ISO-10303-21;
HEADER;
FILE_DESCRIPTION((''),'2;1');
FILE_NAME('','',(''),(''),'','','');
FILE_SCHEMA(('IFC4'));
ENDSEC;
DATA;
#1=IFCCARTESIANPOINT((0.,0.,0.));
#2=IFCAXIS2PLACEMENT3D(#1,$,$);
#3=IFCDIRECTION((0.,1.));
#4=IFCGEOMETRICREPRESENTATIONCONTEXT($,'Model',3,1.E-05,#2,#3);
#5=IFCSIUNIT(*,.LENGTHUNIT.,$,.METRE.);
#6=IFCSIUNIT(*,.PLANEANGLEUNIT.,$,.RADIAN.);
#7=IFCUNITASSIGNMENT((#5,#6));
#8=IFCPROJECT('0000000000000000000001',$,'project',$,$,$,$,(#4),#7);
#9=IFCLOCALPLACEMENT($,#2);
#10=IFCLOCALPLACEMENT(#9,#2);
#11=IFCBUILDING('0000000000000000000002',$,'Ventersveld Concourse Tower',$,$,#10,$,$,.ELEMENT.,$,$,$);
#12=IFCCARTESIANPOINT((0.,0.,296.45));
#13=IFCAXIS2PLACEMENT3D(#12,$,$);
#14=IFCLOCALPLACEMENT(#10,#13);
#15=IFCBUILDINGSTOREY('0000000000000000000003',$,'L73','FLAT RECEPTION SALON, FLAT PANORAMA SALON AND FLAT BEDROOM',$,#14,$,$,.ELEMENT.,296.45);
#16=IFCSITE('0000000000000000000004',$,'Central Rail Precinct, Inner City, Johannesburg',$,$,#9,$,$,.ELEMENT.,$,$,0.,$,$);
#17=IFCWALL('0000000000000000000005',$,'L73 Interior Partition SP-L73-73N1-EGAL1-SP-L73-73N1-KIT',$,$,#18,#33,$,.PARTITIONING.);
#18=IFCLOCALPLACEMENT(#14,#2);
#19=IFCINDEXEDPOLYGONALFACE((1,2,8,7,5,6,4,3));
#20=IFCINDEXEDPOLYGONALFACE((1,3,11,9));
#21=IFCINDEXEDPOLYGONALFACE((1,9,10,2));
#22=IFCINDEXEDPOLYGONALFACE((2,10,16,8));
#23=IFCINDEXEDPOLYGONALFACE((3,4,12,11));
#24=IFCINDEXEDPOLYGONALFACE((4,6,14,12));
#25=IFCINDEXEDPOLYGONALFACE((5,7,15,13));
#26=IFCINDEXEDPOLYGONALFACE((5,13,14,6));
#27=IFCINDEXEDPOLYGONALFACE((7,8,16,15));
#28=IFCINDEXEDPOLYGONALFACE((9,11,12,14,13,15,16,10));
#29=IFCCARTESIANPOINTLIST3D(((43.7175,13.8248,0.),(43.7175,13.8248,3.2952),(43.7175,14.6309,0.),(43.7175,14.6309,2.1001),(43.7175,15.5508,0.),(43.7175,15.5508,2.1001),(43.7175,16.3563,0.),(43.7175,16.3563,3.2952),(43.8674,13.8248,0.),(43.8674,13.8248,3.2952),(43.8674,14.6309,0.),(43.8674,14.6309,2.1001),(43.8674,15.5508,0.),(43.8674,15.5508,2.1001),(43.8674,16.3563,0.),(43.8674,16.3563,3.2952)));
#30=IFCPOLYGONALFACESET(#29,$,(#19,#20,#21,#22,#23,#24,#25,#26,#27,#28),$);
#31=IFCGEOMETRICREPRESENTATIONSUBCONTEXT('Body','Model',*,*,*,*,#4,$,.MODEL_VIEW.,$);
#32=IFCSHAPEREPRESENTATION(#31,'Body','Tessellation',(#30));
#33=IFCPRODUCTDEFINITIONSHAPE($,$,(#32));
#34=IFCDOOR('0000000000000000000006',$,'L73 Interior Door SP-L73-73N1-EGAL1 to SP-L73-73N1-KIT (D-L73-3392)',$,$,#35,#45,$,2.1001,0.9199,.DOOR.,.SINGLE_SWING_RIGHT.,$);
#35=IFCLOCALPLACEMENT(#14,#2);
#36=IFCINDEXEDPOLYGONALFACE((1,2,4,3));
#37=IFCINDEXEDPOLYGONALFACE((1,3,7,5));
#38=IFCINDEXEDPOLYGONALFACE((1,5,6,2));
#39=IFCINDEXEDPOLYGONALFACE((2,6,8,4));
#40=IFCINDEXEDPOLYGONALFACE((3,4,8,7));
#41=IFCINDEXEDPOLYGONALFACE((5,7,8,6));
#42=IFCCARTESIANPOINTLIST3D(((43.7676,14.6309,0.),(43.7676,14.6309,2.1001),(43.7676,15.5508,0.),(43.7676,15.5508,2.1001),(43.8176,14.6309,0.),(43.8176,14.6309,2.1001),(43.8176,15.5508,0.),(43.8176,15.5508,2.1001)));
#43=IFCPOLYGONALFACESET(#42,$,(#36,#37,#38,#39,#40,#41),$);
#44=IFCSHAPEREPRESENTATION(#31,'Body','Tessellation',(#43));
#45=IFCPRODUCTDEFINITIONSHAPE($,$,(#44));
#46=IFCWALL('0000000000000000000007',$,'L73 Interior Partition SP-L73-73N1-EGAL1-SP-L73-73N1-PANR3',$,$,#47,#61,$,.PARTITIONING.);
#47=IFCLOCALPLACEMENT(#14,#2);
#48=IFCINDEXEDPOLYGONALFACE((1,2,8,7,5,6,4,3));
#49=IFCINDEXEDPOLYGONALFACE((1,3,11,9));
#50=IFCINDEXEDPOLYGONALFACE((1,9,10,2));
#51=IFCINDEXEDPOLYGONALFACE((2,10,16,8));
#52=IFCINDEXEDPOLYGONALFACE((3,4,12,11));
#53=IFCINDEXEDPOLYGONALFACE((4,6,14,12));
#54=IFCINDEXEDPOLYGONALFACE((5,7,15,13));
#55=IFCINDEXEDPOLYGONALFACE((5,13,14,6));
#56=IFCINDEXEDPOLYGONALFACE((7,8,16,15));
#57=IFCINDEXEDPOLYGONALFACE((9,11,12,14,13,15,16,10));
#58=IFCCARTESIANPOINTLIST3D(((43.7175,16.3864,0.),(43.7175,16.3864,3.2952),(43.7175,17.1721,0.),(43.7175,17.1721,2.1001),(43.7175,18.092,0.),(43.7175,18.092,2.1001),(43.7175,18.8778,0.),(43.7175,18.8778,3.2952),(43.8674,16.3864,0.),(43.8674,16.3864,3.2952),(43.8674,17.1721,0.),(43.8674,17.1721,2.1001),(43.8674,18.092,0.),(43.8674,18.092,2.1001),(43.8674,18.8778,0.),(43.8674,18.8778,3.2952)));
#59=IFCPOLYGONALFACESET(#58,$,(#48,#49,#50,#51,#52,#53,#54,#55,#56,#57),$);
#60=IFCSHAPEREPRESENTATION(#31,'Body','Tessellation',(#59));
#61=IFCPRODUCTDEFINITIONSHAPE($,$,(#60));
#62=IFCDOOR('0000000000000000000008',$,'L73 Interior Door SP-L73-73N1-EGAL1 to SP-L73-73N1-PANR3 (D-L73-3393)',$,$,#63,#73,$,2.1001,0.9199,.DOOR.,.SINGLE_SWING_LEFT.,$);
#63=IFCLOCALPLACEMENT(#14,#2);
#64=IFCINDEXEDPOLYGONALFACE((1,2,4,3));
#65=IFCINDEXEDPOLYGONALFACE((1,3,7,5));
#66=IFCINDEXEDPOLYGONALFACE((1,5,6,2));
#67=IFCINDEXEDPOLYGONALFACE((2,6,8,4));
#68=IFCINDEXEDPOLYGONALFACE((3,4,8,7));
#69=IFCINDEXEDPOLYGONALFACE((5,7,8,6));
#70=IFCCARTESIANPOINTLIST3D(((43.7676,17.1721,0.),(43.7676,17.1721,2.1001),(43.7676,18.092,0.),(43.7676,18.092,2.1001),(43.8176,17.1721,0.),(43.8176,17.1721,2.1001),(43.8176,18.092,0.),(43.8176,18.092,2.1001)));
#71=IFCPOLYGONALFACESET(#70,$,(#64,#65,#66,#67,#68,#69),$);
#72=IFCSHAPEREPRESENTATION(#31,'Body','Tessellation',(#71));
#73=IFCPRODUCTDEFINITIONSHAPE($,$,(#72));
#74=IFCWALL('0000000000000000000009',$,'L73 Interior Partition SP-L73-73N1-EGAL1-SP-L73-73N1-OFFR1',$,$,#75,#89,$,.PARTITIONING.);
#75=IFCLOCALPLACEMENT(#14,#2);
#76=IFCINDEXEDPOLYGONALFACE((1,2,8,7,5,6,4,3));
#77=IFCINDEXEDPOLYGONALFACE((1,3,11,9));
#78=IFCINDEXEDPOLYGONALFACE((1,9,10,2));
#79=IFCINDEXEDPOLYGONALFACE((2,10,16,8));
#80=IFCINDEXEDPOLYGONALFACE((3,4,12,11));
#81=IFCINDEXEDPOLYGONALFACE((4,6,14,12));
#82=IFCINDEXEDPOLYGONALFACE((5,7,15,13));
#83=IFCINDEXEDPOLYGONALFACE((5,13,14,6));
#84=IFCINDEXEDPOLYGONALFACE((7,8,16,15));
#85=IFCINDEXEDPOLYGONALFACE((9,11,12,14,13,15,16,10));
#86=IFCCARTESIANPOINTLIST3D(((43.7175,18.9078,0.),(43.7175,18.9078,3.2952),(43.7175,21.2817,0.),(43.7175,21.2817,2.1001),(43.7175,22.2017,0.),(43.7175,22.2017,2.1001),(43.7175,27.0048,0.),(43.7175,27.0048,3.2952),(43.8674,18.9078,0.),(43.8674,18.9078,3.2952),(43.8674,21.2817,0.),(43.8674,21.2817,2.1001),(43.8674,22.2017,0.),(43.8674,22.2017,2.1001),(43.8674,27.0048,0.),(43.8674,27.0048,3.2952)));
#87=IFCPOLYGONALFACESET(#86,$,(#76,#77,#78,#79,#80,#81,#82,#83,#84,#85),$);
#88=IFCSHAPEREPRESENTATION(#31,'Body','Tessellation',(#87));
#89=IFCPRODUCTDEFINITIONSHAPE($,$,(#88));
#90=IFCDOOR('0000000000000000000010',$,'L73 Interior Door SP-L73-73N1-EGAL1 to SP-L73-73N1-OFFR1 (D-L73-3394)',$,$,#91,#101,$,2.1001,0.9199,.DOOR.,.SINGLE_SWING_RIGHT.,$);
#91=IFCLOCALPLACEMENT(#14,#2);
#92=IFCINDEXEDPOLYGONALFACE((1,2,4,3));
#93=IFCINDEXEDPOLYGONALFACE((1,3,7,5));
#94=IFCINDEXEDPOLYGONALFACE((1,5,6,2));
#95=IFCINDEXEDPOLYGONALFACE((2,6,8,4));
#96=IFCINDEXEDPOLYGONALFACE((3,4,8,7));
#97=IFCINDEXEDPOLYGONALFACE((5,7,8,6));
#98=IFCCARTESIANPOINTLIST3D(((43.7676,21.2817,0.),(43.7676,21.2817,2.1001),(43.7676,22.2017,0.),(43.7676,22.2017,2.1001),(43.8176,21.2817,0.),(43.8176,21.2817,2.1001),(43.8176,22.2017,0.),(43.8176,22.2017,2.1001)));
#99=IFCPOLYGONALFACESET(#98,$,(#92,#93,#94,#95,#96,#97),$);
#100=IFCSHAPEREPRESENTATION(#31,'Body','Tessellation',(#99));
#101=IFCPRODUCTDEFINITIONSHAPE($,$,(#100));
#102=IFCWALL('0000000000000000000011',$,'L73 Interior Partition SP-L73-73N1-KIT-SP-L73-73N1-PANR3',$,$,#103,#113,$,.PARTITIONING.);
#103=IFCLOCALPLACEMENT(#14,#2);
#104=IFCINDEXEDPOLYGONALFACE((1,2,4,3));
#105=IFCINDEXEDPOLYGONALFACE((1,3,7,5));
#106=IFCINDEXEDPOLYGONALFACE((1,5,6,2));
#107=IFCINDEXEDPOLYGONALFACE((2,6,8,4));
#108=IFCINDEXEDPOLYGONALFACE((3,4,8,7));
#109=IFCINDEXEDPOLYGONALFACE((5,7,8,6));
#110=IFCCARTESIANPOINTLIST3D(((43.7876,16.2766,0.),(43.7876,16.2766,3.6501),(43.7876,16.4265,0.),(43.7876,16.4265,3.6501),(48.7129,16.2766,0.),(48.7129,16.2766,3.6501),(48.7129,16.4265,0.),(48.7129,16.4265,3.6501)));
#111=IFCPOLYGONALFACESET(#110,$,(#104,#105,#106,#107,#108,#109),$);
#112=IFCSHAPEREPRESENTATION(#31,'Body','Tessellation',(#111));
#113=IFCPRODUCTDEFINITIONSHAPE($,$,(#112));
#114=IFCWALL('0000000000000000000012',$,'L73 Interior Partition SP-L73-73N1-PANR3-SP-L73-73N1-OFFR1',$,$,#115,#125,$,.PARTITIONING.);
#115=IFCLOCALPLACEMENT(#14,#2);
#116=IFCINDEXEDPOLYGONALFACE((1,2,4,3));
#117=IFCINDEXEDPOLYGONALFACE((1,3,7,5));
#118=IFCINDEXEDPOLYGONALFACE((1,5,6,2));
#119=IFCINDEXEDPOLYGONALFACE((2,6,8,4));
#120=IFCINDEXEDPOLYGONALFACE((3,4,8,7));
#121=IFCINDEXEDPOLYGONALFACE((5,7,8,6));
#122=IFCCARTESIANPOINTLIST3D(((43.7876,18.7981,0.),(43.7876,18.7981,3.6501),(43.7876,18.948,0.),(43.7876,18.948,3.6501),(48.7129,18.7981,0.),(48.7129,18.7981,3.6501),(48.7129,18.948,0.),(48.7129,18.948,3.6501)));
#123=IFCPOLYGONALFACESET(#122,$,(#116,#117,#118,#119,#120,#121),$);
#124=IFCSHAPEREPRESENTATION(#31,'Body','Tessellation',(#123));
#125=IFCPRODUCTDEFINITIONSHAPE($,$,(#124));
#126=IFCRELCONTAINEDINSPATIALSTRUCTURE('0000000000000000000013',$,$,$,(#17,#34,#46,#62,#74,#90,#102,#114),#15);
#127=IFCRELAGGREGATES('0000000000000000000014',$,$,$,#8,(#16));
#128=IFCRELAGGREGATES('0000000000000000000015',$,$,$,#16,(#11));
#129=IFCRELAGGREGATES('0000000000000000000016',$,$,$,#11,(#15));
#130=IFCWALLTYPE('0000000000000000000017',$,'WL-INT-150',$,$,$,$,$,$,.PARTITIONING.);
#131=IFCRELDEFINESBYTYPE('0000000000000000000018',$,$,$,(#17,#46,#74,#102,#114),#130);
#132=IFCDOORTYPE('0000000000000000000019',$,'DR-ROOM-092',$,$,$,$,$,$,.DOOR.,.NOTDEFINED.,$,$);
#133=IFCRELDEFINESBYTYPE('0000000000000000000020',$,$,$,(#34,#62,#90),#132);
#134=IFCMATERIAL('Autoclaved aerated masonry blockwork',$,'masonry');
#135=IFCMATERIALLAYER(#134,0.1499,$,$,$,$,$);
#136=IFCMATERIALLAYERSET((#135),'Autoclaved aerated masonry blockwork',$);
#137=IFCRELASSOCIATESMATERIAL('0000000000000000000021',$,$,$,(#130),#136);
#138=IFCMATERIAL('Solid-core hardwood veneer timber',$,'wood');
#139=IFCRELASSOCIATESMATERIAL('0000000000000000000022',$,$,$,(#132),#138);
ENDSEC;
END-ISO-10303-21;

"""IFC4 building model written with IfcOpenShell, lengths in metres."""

from ifc_helpers import new_model, si_unit, direction, frame, frame_2d, origin, place, context, subcontext, project, spatial, rectangle, extrude, material, layer, layer_set, type_object, element, fill, save


model = new_model("IFC4")

# Units and contexts
model_context = context("Model", 3, precision=1e-05, world=origin(), true_north=direction((0.0, 1.0)))
body_context = subcontext(model_context, "Body", "Model", "MODEL_VIEW")
ifc_project = project(units=[si_unit("LENGTHUNIT", "METRE"), si_unit("PLANEANGLEUNIT", "RADIAN")], contexts=[model_context])

# Site, building, storey
site_placement = place(None, origin())
site = spatial("IfcSite", under=ifc_project, at=site_placement, Name="Central Rail Precinct, Inner City, Johannesburg", CompositionType="ELEMENT", RefElevation=0.0)
building_placement = place(site_placement, origin())
building = spatial("IfcBuilding", under=site, at=building_placement, Name="Ventersveld Concourse Tower", CompositionType="ELEMENT")
storey_placement = place(building_placement, frame((0.0, 0.0, 296.45)))
storey = spatial("IfcBuildingStorey", under=building, at=storey_placement, Name="L73", Description="FLAT RECEPTION SALON, FLAT PANORAMA SALON AND FLAT BEDROOM", CompositionType="ELEMENT", Elevation=296.45)

# Shared definitions
ifc_material_1 = material(Name="Solid-core hardwood veneer timber", Category="wood")

# Walls, openings, doors
ifc_material_2 = material(Name="Autoclaved aerated masonry blockwork", Category="masonry")
ifc_layer_1 = layer(ifc_material_2, 0.1499)
ifc_layer_set_1 = layer_set([ifc_layer_1], Name="Autoclaved aerated masonry blockwork")
wall_type_1 = type_object("IfcWallType", Name="WL-INT-150", PredefinedType="PARTITIONING", material=ifc_layer_set_1)
wall_1_placement = place(storey_placement, frame((43.7925, 13.825, 0.0), z_axis=(0.0, 0.0, 1.0), x_axis=(0.0, 1.0, 0.0)))
wall_1 = element("IfcWall", 1, at=wall_1_placement, inside=storey, type_object=wall_type_1, Name="L73 Interior Partition SP-L73-73N1-EGAL1-SP-L73-73N1-KIT", PredefinedType="PARTITIONING", context=body_context, shape_type="SweptSolid", body=[
    extrude(rectangle(XDim=2.5315, YDim=0.1499, at=frame_2d((1.2656, 0.0))), origin(), (0.0, 0.0, 1.0), 3.2952),
])
opening_1_placement = place(wall_1_placement, frame((0.8059, 0.0, 0.0)))
opening_1 = element("IfcOpeningElement", 2, at=opening_1_placement, cuts=wall_1, PredefinedType="OPENING", context=body_context, shape_type="SweptSolid", body=[
    extrude(rectangle(XDim=0.9199, YDim=2.1001, at=frame_2d((0.46, 1.05))), frame((0.0, 0.085, 0.0), z_axis=(0.0, -1.0, 0.0), x_axis=(1.0, 0.0, 0.0)), (0.0, 0.0, 1.0), 0.1699),
])
door_type_1 = type_object("IfcDoorType", Name="DR-ROOM-092", OperationType="NOTDEFINED", PredefinedType="DOOR", material=ifc_material_1)
door_1_placement = place(opening_1_placement, origin())
door_1 = element("IfcDoor", 3, at=door_1_placement, inside=storey, type_object=door_type_1, Name="L73 Interior Door SP-L73-73N1-EGAL1 to SP-L73-73N1-KIT (D-L73-3392)", OperationType="SINGLE_SWING_RIGHT", OverallHeight=2.1001, OverallWidth=0.9199, PredefinedType="DOOR", context=body_context, shape_type="SweptSolid", body=[
    extrude(rectangle(XDim=0.9199, YDim=2.1001, at=frame_2d((0.46, 1.05))), frame((0.0, 0.0249, 0.0), z_axis=(0.0, -1.0, 0.0), x_axis=(1.0, 0.0, 0.0)), (0.0, 0.0, 1.0), 0.05),
])
fill(opening_1, door_1)
wall_2_placement = place(storey_placement, frame((43.7925, 16.3865, 0.0), z_axis=(0.0, 0.0, 1.0), x_axis=(0.0, 1.0, 0.0)))
wall_2 = element("IfcWall", 4, at=wall_2_placement, inside=storey, type_object=wall_type_1, Name="L73 Interior Partition SP-L73-73N1-EGAL1-SP-L73-73N1-PANR3", PredefinedType="PARTITIONING", context=body_context, shape_type="SweptSolid", body=[
    extrude(rectangle(XDim=2.4915, YDim=0.1499, at=frame_2d((1.2456, 0.0))), origin(), (0.0, 0.0, 1.0), 3.2952),
])
opening_2_placement = place(wall_2_placement, frame((0.7856, 0.0, 0.0)))
opening_2 = element("IfcOpeningElement", 5, at=opening_2_placement, cuts=wall_2, PredefinedType="OPENING", context=body_context, shape_type="SweptSolid", body=[
    extrude(rectangle(XDim=0.9199, YDim=2.1001, at=frame_2d((0.46, 1.05))), frame((0.0, 0.085, 0.0), z_axis=(0.0, -1.0, 0.0), x_axis=(1.0, 0.0, 0.0)), (0.0, 0.0, 1.0), 0.1699),
])
door_2_placement = place(opening_2_placement, origin())
door_2 = element("IfcDoor", 6, at=door_2_placement, inside=storey, type_object=door_type_1, Name="L73 Interior Door SP-L73-73N1-EGAL1 to SP-L73-73N1-PANR3 (D-L73-3393)", OperationType="SINGLE_SWING_LEFT", OverallHeight=2.1001, OverallWidth=0.9199, PredefinedType="DOOR", context=body_context, shape_type="SweptSolid", body=[
    extrude(rectangle(XDim=0.9199, YDim=2.1001, at=frame_2d((0.46, 1.05))), frame((0.0, 0.0249, 0.0), z_axis=(0.0, -1.0, 0.0), x_axis=(1.0, 0.0, 0.0)), (0.0, 0.0, 1.0), 0.05),
])
fill(opening_2, door_2)
wall_3_placement = place(storey_placement, frame((43.7925, 18.908, 0.0), z_axis=(0.0, 0.0, 1.0), x_axis=(0.0, 1.0, 0.0)))
wall_3 = element("IfcWall", 7, at=wall_3_placement, inside=storey, type_object=wall_type_1, Name="L73 Interior Partition SP-L73-73N1-EGAL1-SP-L73-73N1-OFFR1", PredefinedType="PARTITIONING", context=body_context, shape_type="SweptSolid", body=[
    extrude(rectangle(XDim=8.0969, YDim=0.1499, at=frame_2d((4.0483, 0.0))), origin(), (0.0, 0.0, 1.0), 3.2952),
])
opening_3_placement = place(wall_3_placement, frame((2.3738, 0.0, 0.0)))
opening_3 = element("IfcOpeningElement", 8, at=opening_3_placement, cuts=wall_3, PredefinedType="OPENING", context=body_context, shape_type="SweptSolid", body=[
    extrude(rectangle(XDim=0.9199, YDim=2.1001, at=frame_2d((0.46, 1.05))), frame((0.0, 0.085, 0.0), z_axis=(0.0, -1.0, 0.0), x_axis=(1.0, 0.0, 0.0)), (0.0, 0.0, 1.0), 0.1699),
])
door_3_placement = place(opening_3_placement, origin())
door_3 = element("IfcDoor", 9, at=door_3_placement, inside=storey, type_object=door_type_1, Name="L73 Interior Door SP-L73-73N1-EGAL1 to SP-L73-73N1-OFFR1 (D-L73-3394)", OperationType="SINGLE_SWING_RIGHT", OverallHeight=2.1001, OverallWidth=0.9199, PredefinedType="DOOR", context=body_context, shape_type="SweptSolid", body=[
    extrude(rectangle(XDim=0.9199, YDim=2.1001, at=frame_2d((0.46, 1.05))), frame((0.0, 0.0249, 0.0), z_axis=(0.0, -1.0, 0.0), x_axis=(1.0, 0.0, 0.0)), (0.0, 0.0, 1.0), 0.05),
])
fill(opening_3, door_3)

# Walls
for number, where, z_axis, x_axis, name in (
    (10, (43.7876, 16.3516, 0.0), (0.0, 0.0, 1.0), (1.0, 0.0, 0.0), "L73 Interior Partition SP-L73-73N1-KIT-SP-L73-73N1-PANR3"),
    (11, (43.7876, 18.873, 0.0), (0.0, 0.0, 1.0), (1.0, 0.0, 0.0), "L73 Interior Partition SP-L73-73N1-PANR3-SP-L73-73N1-OFFR1"),
):
    element("IfcWall", number, at=place(storey_placement, frame(where, z_axis=z_axis, x_axis=x_axis)), inside=storey, type_object=wall_type_1, Name=name, PredefinedType="PARTITIONING", context=body_context, shape_type="SweptSolid", body=[
        extrude(rectangle(XDim=4.9253, YDim=0.1499, at=frame_2d((2.4626, 0.0))), origin(), (0.0, 0.0, 1.0), 3.6501),
    ])

save(model, "model.ifc")
